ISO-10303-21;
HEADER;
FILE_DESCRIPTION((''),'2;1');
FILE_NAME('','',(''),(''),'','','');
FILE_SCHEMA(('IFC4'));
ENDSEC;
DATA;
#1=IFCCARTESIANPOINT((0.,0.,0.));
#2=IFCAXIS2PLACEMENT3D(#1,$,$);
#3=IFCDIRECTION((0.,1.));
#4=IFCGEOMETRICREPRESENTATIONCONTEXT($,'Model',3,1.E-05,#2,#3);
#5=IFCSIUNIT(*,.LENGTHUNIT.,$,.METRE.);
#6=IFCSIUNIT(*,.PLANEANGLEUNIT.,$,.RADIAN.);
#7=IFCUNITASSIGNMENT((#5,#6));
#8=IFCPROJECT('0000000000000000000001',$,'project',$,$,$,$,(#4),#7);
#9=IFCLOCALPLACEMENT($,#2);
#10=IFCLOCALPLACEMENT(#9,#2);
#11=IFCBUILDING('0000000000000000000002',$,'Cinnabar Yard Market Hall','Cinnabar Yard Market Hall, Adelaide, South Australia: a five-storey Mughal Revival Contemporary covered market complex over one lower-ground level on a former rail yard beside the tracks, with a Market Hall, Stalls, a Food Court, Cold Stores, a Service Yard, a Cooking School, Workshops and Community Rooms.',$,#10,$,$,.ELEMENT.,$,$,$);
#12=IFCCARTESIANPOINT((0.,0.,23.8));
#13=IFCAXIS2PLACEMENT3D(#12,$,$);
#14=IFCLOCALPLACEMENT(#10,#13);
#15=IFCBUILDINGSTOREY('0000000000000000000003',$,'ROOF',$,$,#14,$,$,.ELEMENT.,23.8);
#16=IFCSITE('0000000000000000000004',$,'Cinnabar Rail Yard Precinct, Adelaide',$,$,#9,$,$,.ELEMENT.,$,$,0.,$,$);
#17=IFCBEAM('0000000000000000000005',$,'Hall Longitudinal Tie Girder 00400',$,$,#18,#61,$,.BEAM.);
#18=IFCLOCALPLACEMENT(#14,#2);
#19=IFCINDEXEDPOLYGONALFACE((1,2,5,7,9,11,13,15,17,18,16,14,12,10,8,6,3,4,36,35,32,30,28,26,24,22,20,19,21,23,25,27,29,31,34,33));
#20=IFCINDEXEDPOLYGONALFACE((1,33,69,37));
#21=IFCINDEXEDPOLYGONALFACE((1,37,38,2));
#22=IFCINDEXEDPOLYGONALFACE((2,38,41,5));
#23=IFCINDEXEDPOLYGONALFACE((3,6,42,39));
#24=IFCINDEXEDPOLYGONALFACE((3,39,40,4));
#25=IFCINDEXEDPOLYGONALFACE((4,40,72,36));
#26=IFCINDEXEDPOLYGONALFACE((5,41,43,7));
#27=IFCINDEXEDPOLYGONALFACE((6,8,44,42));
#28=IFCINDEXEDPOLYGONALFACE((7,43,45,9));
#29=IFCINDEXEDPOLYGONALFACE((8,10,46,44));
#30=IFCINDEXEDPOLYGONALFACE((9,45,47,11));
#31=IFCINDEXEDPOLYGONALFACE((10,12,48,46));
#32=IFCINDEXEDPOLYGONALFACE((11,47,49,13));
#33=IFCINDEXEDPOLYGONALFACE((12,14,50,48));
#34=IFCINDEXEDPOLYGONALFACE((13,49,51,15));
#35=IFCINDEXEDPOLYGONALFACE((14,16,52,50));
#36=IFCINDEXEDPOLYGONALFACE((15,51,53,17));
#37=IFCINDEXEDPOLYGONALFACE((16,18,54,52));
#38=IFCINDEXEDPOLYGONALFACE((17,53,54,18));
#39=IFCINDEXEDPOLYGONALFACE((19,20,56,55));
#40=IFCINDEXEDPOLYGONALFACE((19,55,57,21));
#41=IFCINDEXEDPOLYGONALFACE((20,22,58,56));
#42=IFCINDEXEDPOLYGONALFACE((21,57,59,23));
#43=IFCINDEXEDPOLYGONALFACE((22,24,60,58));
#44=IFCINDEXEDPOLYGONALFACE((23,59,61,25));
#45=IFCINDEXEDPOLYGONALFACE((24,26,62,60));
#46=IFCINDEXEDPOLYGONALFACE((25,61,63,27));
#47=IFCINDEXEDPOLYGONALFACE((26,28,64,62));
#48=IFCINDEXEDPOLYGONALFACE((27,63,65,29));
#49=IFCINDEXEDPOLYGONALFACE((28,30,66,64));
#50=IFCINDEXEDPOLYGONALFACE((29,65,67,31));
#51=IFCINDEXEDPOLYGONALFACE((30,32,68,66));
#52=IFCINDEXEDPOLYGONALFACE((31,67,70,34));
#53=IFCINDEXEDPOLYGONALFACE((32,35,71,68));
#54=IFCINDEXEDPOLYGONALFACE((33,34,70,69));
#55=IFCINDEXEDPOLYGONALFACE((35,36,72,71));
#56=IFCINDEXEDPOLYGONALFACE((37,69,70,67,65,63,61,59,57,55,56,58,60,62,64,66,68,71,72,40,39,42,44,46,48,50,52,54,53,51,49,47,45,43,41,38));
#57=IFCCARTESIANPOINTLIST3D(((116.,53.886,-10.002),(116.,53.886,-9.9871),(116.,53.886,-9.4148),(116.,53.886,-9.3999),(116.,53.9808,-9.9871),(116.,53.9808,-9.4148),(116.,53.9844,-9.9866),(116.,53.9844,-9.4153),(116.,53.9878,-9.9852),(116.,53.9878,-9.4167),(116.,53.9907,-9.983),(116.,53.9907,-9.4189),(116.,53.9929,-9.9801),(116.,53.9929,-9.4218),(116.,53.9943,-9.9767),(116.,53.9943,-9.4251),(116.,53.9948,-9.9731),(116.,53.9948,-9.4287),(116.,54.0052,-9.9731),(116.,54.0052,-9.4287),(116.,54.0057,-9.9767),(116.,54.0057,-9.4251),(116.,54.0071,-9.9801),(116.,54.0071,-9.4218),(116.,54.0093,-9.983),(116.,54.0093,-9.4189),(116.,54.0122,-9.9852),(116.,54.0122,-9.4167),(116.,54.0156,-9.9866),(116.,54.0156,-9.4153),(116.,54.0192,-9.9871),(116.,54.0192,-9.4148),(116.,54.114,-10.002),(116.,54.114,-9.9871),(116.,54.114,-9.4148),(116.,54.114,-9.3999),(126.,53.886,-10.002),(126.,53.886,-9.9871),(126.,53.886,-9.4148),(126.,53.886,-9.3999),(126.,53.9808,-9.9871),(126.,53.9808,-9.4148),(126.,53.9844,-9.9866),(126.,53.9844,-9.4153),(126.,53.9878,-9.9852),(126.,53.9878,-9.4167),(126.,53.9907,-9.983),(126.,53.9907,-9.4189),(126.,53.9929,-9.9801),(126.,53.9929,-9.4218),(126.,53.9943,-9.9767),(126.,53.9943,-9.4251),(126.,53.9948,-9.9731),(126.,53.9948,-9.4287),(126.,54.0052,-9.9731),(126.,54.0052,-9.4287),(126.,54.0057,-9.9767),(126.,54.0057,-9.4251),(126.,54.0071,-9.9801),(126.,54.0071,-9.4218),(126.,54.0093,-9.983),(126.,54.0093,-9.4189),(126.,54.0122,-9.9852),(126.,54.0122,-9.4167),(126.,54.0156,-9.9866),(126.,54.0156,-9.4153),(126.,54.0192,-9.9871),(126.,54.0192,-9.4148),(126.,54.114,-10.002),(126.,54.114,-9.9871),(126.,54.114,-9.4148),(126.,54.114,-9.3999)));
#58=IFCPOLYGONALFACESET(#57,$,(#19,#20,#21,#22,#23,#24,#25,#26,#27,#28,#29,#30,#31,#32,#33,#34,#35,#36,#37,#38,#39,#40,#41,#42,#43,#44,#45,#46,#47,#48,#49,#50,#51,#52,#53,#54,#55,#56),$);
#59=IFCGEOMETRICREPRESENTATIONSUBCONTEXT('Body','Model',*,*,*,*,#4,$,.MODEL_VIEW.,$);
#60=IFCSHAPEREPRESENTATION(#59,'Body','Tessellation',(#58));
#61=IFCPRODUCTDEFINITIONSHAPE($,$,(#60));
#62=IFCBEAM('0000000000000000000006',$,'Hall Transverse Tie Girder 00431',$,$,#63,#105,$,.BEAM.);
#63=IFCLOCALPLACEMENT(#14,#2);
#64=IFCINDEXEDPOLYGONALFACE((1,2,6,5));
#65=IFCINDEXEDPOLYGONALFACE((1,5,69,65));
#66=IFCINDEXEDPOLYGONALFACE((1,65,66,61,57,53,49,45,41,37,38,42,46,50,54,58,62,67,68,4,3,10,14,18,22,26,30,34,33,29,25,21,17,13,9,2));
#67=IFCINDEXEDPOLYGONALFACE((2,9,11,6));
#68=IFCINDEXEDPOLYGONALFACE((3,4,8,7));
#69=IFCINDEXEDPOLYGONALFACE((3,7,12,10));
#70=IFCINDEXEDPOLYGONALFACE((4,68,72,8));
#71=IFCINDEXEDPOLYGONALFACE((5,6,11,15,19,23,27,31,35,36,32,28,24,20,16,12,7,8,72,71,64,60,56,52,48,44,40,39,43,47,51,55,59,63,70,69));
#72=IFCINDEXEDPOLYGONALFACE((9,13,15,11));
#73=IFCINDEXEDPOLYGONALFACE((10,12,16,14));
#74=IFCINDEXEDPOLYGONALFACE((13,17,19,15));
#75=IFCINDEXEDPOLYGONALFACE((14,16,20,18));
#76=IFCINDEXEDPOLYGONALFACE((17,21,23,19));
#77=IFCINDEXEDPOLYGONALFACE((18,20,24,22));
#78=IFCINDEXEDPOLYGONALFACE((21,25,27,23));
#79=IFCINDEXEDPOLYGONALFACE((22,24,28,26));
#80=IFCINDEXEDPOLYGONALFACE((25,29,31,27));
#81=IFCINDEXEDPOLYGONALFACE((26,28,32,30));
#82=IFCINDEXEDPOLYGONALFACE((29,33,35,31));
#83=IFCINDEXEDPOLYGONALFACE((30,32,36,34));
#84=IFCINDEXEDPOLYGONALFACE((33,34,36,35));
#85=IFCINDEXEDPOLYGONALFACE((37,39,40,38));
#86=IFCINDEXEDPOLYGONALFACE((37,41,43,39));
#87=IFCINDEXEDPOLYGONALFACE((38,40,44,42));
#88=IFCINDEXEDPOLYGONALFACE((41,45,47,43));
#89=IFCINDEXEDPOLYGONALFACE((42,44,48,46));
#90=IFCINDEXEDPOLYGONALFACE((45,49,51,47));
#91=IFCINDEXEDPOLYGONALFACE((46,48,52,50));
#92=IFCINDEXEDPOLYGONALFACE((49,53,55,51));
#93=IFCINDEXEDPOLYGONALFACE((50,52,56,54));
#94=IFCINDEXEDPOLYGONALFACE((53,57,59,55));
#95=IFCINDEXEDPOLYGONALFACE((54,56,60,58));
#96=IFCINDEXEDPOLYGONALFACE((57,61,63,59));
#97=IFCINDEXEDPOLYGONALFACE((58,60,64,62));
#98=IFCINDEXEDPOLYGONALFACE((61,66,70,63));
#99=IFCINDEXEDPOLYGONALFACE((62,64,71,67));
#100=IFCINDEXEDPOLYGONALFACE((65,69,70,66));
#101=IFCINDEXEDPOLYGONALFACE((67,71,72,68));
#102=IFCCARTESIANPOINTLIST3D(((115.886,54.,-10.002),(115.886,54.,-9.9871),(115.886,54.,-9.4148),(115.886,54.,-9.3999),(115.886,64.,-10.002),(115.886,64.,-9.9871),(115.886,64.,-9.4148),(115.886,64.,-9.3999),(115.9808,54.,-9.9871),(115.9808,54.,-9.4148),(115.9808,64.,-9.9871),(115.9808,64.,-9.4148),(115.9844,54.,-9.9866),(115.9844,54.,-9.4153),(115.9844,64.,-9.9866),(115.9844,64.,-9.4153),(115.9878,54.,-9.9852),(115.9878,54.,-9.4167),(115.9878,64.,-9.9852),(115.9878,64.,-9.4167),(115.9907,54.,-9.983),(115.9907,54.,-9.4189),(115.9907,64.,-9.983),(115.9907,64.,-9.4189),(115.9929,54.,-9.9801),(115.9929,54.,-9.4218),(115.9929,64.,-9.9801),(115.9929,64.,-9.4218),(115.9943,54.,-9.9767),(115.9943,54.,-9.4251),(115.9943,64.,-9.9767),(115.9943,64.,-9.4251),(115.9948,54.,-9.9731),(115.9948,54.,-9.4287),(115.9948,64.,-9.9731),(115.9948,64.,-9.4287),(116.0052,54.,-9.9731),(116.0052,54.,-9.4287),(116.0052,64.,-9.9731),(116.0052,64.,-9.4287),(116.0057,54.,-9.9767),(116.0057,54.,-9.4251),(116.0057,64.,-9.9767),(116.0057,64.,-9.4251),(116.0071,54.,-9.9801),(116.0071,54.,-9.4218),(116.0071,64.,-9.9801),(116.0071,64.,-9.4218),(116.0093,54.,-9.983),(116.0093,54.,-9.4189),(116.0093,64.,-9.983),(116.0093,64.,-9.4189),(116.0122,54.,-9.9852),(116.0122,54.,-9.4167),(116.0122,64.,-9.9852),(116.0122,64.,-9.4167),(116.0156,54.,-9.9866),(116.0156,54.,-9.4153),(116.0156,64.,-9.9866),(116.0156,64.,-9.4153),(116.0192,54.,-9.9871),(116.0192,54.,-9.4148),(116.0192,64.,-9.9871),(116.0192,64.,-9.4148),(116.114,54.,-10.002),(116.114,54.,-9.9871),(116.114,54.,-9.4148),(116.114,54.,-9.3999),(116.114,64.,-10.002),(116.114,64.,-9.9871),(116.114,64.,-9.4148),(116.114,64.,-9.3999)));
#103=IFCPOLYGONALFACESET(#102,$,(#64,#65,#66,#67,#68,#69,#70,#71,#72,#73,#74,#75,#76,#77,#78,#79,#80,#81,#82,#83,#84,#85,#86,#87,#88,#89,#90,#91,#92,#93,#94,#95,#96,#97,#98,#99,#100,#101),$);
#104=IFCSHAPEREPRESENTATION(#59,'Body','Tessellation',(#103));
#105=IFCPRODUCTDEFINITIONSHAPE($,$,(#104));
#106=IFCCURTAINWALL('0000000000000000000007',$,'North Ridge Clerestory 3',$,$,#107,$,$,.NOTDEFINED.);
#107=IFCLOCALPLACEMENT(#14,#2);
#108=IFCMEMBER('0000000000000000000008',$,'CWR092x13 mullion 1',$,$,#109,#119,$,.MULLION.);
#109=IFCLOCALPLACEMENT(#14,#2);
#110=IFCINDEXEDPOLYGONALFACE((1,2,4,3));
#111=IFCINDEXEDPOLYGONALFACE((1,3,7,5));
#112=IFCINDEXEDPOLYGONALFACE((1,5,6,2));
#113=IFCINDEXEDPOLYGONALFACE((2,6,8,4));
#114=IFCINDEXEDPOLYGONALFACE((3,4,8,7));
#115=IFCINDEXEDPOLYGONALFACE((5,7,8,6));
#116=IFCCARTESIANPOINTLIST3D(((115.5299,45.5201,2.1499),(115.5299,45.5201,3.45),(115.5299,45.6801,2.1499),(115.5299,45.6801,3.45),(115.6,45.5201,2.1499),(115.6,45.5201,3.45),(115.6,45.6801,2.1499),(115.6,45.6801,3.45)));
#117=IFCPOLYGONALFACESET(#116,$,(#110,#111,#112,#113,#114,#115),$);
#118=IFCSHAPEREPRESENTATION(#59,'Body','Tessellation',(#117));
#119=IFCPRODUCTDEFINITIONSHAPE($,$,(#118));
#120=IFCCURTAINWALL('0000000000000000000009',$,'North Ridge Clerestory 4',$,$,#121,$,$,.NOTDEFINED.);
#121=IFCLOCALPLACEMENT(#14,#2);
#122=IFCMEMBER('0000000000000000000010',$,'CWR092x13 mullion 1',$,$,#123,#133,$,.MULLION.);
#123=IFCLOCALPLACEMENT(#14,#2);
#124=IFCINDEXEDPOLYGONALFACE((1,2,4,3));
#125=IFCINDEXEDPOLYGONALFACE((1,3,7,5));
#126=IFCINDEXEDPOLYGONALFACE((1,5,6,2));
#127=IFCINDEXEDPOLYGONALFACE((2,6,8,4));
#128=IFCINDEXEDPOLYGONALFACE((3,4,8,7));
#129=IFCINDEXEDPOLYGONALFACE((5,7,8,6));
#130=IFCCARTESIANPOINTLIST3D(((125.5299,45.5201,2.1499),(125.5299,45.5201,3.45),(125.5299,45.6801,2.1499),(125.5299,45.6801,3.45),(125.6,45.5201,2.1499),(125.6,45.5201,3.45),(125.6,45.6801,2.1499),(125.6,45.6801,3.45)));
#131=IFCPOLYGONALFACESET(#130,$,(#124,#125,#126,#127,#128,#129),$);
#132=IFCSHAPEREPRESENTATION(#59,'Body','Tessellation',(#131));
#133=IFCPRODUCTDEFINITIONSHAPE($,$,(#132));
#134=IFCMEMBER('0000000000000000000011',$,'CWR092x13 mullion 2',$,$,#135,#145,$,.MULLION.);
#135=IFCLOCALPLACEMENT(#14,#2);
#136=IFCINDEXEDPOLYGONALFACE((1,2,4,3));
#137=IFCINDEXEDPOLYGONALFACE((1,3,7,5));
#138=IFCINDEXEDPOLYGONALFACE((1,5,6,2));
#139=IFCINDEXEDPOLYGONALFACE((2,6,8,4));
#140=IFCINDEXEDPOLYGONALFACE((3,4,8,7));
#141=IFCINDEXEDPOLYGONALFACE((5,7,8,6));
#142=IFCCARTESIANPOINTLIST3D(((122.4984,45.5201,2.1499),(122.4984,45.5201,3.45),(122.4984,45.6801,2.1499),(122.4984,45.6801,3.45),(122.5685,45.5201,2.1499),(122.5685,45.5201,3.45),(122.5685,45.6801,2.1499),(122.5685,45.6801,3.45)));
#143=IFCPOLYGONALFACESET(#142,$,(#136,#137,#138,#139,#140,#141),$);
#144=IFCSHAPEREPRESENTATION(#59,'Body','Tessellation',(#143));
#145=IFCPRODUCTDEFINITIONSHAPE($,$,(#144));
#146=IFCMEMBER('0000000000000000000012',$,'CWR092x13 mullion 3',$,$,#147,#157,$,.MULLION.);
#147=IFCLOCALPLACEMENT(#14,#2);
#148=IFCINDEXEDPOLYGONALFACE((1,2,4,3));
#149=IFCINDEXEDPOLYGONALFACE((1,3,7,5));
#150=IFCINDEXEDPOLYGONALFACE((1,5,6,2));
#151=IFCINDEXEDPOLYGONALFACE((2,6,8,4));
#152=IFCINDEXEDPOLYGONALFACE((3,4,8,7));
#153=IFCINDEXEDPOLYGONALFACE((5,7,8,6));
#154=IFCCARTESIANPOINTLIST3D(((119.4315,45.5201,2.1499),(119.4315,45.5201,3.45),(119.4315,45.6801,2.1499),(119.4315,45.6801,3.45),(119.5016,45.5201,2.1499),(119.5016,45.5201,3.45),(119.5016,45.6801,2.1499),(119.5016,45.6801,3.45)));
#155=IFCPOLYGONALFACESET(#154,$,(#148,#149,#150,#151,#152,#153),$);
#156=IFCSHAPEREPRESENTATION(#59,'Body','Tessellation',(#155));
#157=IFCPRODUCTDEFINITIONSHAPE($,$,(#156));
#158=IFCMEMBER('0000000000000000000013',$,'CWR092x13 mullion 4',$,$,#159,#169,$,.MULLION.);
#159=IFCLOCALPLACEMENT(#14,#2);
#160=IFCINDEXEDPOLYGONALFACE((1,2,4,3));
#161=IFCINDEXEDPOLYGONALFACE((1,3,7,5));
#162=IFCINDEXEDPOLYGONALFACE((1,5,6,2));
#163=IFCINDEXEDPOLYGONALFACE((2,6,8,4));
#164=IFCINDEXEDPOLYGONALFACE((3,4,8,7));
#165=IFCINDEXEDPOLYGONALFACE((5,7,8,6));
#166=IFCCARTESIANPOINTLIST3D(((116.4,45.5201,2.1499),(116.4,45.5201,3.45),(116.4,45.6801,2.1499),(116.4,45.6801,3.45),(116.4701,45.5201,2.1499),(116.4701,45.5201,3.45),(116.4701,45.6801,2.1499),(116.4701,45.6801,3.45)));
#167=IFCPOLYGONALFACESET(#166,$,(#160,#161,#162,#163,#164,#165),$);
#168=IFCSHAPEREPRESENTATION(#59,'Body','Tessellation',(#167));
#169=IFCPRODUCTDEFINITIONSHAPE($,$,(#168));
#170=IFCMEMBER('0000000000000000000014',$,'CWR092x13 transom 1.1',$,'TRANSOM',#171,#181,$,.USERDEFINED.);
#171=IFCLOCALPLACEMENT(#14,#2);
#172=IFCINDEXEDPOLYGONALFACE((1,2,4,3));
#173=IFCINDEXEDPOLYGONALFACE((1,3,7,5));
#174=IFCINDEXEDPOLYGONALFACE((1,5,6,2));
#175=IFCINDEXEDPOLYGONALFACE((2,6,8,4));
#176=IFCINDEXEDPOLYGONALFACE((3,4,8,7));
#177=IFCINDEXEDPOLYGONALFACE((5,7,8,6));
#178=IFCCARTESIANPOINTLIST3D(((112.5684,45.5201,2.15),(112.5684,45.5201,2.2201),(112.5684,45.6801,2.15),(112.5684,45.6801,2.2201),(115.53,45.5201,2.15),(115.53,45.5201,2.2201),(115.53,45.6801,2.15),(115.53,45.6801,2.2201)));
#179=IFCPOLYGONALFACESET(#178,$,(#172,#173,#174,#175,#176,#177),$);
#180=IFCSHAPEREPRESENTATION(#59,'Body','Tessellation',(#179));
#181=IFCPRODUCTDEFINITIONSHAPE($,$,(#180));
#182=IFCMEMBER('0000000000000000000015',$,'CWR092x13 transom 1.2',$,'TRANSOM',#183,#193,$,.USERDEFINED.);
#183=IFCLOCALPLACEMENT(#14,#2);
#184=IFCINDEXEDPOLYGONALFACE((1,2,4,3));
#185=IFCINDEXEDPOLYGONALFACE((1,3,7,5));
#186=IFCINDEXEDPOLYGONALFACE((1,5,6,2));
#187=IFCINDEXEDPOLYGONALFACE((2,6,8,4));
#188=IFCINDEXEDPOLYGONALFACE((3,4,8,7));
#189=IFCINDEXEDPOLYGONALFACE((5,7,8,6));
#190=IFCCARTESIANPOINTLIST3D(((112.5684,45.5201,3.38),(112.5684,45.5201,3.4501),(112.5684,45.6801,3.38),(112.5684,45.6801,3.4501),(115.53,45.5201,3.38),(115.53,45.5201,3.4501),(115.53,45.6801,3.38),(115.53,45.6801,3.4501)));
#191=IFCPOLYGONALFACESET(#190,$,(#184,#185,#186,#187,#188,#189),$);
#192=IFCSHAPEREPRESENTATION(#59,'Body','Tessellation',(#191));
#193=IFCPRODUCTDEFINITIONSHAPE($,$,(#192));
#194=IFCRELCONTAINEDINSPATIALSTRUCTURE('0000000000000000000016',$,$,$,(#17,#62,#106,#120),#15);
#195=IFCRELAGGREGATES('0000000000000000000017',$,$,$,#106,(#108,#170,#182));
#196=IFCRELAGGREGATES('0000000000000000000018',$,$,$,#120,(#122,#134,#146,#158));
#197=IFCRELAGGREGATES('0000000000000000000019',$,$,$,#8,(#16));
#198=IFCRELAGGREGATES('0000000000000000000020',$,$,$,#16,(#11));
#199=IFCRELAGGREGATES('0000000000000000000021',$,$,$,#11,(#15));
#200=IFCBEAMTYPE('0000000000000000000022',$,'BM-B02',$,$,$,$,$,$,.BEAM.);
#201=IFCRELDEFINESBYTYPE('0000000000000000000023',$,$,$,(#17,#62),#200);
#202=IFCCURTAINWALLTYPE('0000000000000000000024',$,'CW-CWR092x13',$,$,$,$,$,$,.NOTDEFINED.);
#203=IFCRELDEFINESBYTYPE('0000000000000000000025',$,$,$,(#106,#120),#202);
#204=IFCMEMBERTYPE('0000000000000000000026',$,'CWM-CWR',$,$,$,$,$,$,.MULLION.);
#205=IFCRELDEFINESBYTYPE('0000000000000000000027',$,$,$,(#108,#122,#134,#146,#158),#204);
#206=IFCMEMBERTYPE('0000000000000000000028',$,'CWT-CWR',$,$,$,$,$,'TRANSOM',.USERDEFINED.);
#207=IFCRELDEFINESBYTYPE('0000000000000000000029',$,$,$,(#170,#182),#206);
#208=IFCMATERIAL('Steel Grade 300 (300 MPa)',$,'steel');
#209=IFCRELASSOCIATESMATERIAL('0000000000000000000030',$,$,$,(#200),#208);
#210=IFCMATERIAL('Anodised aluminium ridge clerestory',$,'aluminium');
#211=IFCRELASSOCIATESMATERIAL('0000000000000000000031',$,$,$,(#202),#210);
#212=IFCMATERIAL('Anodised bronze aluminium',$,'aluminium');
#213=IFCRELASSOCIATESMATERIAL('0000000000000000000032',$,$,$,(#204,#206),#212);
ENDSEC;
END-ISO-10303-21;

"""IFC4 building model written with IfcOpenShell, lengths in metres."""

from ifc_helpers import new_model, si_unit, direction, frame, origin, origin_2d_with_axis, place, context, subcontext, project, spatial, rectangle, i_section, extrude, material, material_profile, profile_set, type_object, element, aggregate, save


model = new_model("IFC4")

# Units and contexts
model_context = context("Model", 3, precision=1e-05, world=origin(), true_north=direction((0.0, 1.0)))
body_context = subcontext(model_context, "Body", "Model", "MODEL_VIEW")
ifc_project = project(units=[si_unit("LENGTHUNIT", "METRE"), si_unit("PLANEANGLEUNIT", "RADIAN")], contexts=[model_context])

# Site, building, storey
site_placement = place(None, origin())
site = spatial("IfcSite", under=ifc_project, at=site_placement, Name="Cinnabar Rail Yard Precinct, Adelaide", CompositionType="ELEMENT", RefElevation=0.0)
building_placement = place(site_placement, origin())
building = spatial("IfcBuilding", under=site, at=building_placement, Name="Cinnabar Yard Market Hall", Description="Cinnabar Yard Market Hall, Adelaide, South Australia: a five-storey Mughal Revival Contemporary covered market complex over one lower-ground level on a former rail yard beside the tracks, with a Market Hall, Stalls, a Food Court, Cold Stores, a Service Yard, a Cooking School, Workshops and Community Rooms.", CompositionType="ELEMENT")
storey_placement = place(building_placement, frame((0.0, 0.0, 23.8)))
storey = spatial("IfcBuildingStorey", under=building, at=storey_placement, Name="ROOF", CompositionType="ELEMENT", Elevation=23.8)

# Beams
ifc_material_1 = material(Name="Steel Grade 300 (300 MPa)", Category="steel")
ifc_material_profile_1 = material_profile(ifc_material_1, i_section(OverallWidth=0.228, OverallDepth=0.6021, WebThickness=0.0105, FlangeThickness=0.0149, FilletRadius=0.0139, at=origin_2d_with_axis()), Name="610UB101")
ifc_profile_set_1 = profile_set([ifc_material_profile_1], Name="Steel Grade 300 (300 MPa)")
beam_type = type_object("IfcBeamType", Name="BM-B02", PredefinedType="BEAM", material=ifc_profile_set_1)
for number, where, z_axis, x_axis, name in (
    (1, (116.0, 54.0, -9.7009), (1.0, 0.0, 0.0), (0.0, 1.0, 0.0), "Hall Longitudinal Tie Girder 00400"),
    (2, (116.0, 54.0, -9.7009), (0.0, 1.0, 0.0), (-1.0, 0.0, 0.0), "Hall Transverse Tie Girder 00431"),
):
    element("IfcBeam", number, at=place(storey_placement, frame(where, z_axis=z_axis, x_axis=x_axis)), inside=storey, type_object=beam_type, Name=name, PredefinedType="BEAM", context=body_context, shape_type="SweptSolid", body=[
        extrude(i_section(OverallWidth=0.228, OverallDepth=0.6021, WebThickness=0.0105, FlangeThickness=0.0149, FilletRadius=0.0139, at=origin_2d_with_axis()), origin(), (0.0, 0.0, 1.0), 10.0),
    ])

# Curtain wall, member
ifc_material_2 = material(Name="Anodised aluminium ridge clerestory", Category="aluminium")
curtain_wall_type = type_object("IfcCurtainWallType", Name="CW-CWR092x13", PredefinedType="NOTDEFINED", material=ifc_material_2)
curtain_wall_1_placement = place(storey_placement, origin())
curtain_wall_1 = element("IfcCurtainWall", 3, at=curtain_wall_1_placement, inside=storey, type_object=curtain_wall_type, Name="North Ridge Clerestory 3", PredefinedType="NOTDEFINED")
ifc_material_3 = material(Name="Anodised bronze aluminium", Category="aluminium")
ifc_material_profile_2 = material_profile(ifc_material_3, rectangle(XDim=0.1599, YDim=0.0701, at=origin_2d_with_axis()), Name="MUL-CWR")
ifc_profile_set_2 = profile_set([ifc_material_profile_2], Name="Anodised bronze aluminium")
member_type_1 = type_object("IfcMemberType", Name="CWM-CWR", PredefinedType="MULLION", material=ifc_profile_set_2)
member_1_placement = place(storey_placement, frame((115.5649, 45.6001, 2.1499), z_axis=(0.0, 0.0, 1.0), x_axis=(0.0, -1.0, 0.0)))
member_1 = element("IfcMember", 4, at=member_1_placement, type_object=member_type_1, Name="CWR092x13 mullion 1", PredefinedType="MULLION", context=body_context, shape_type="SweptSolid", body=[
    extrude(rectangle(XDim=0.1599, YDim=0.0701, at=origin_2d_with_axis()), origin(), (0.0, 0.0, 1.0), 1.3),
])

# Curtain wall, members
curtain_wall_2_placement = place(storey_placement, origin())
curtain_wall_2 = element("IfcCurtainWall", 5, at=curtain_wall_2_placement, inside=storey, type_object=curtain_wall_type, Name="North Ridge Clerestory 4", PredefinedType="NOTDEFINED")
member_2_placement = place(storey_placement, frame((125.5649, 45.6001, 2.1499), z_axis=(0.0, 0.0, 1.0), x_axis=(0.0, -1.0, 0.0)))
member_2 = element("IfcMember", 6, at=member_2_placement, type_object=member_type_1, Name="CWR092x13 mullion 1", PredefinedType="MULLION", context=body_context, shape_type="SweptSolid", body=[
    extrude(rectangle(XDim=0.1599, YDim=0.0701, at=origin_2d_with_axis()), origin(), (0.0, 0.0, 1.0), 1.3),
])
member_3_placement = place(storey_placement, frame((122.5334, 45.6001, 2.1499), z_axis=(0.0, 0.0, 1.0), x_axis=(0.0, -1.0, 0.0)))
member_3 = element("IfcMember", 7, at=member_3_placement, type_object=member_type_1, Name="CWR092x13 mullion 2", PredefinedType="MULLION", context=body_context, shape_type="SweptSolid", body=[
    extrude(rectangle(XDim=0.1599, YDim=0.0701, at=origin_2d_with_axis()), origin(), (0.0, 0.0, 1.0), 1.3),
])
member_4_placement = place(storey_placement, frame((119.4666, 45.6001, 2.1499), z_axis=(0.0, 0.0, 1.0), x_axis=(0.0, -1.0, 0.0)))
member_4 = element("IfcMember", 8, at=member_4_placement, type_object=member_type_1, Name="CWR092x13 mullion 3", PredefinedType="MULLION", context=body_context, shape_type="SweptSolid", body=[
    extrude(rectangle(XDim=0.1599, YDim=0.0701, at=origin_2d_with_axis()), origin(), (0.0, 0.0, 1.0), 1.3),
])
member_5_placement = place(storey_placement, frame((116.4351, 45.6001, 2.1499), z_axis=(0.0, 0.0, 1.0), x_axis=(0.0, -1.0, 0.0)))
member_5 = element("IfcMember", 9, at=member_5_placement, type_object=member_type_1, Name="CWR092x13 mullion 4", PredefinedType="MULLION", context=body_context, shape_type="SweptSolid", body=[
    extrude(rectangle(XDim=0.1599, YDim=0.0701, at=origin_2d_with_axis()), origin(), (0.0, 0.0, 1.0), 1.3),
])

# Members
ifc_material_profile_3 = material_profile(ifc_material_3, rectangle(XDim=0.1599, YDim=0.0701, at=origin_2d_with_axis()), Name="TRN-CWR")
ifc_profile_set_3 = profile_set([ifc_material_profile_3], Name="Anodised bronze aluminium")
member_type_2 = type_object("IfcMemberType", Name="CWT-CWR", ElementType="TRANSOM", PredefinedType="USERDEFINED", material=ifc_profile_set_3)
member_6_placement = place(storey_placement, frame((115.53, 45.6001, 2.1851), z_axis=(-1.0, 0.0, 0.0), x_axis=(0.0, -1.0, 0.0)))
member_6 = element("IfcMember", 10, at=member_6_placement, type_object=member_type_2, Name="CWR092x13 transom 1.1", ObjectType="TRANSOM", PredefinedType="USERDEFINED", context=body_context, shape_type="SweptSolid", body=[
    extrude(rectangle(XDim=0.1599, YDim=0.0701, at=origin_2d_with_axis()), origin(), (0.0, 0.0, 1.0), 2.9617),
])
member_7_placement = place(storey_placement, frame((115.53, 45.6001, 3.415), z_axis=(-1.0, 0.0, 0.0), x_axis=(0.0, -1.0, 0.0)))
member_7 = element("IfcMember", 11, at=member_7_placement, type_object=member_type_2, Name="CWR092x13 transom 1.2", ObjectType="TRANSOM", PredefinedType="USERDEFINED", context=body_context, shape_type="SweptSolid", body=[
    extrude(rectangle(XDim=0.1599, YDim=0.0701, at=origin_2d_with_axis()), origin(), (0.0, 0.0, 1.0), 2.9617),
])

aggregate(curtain_wall_1, [member_1, member_6, member_7])
aggregate(curtain_wall_2, [member_2, member_3, member_4, member_5])

save(model, "model.ifc")
